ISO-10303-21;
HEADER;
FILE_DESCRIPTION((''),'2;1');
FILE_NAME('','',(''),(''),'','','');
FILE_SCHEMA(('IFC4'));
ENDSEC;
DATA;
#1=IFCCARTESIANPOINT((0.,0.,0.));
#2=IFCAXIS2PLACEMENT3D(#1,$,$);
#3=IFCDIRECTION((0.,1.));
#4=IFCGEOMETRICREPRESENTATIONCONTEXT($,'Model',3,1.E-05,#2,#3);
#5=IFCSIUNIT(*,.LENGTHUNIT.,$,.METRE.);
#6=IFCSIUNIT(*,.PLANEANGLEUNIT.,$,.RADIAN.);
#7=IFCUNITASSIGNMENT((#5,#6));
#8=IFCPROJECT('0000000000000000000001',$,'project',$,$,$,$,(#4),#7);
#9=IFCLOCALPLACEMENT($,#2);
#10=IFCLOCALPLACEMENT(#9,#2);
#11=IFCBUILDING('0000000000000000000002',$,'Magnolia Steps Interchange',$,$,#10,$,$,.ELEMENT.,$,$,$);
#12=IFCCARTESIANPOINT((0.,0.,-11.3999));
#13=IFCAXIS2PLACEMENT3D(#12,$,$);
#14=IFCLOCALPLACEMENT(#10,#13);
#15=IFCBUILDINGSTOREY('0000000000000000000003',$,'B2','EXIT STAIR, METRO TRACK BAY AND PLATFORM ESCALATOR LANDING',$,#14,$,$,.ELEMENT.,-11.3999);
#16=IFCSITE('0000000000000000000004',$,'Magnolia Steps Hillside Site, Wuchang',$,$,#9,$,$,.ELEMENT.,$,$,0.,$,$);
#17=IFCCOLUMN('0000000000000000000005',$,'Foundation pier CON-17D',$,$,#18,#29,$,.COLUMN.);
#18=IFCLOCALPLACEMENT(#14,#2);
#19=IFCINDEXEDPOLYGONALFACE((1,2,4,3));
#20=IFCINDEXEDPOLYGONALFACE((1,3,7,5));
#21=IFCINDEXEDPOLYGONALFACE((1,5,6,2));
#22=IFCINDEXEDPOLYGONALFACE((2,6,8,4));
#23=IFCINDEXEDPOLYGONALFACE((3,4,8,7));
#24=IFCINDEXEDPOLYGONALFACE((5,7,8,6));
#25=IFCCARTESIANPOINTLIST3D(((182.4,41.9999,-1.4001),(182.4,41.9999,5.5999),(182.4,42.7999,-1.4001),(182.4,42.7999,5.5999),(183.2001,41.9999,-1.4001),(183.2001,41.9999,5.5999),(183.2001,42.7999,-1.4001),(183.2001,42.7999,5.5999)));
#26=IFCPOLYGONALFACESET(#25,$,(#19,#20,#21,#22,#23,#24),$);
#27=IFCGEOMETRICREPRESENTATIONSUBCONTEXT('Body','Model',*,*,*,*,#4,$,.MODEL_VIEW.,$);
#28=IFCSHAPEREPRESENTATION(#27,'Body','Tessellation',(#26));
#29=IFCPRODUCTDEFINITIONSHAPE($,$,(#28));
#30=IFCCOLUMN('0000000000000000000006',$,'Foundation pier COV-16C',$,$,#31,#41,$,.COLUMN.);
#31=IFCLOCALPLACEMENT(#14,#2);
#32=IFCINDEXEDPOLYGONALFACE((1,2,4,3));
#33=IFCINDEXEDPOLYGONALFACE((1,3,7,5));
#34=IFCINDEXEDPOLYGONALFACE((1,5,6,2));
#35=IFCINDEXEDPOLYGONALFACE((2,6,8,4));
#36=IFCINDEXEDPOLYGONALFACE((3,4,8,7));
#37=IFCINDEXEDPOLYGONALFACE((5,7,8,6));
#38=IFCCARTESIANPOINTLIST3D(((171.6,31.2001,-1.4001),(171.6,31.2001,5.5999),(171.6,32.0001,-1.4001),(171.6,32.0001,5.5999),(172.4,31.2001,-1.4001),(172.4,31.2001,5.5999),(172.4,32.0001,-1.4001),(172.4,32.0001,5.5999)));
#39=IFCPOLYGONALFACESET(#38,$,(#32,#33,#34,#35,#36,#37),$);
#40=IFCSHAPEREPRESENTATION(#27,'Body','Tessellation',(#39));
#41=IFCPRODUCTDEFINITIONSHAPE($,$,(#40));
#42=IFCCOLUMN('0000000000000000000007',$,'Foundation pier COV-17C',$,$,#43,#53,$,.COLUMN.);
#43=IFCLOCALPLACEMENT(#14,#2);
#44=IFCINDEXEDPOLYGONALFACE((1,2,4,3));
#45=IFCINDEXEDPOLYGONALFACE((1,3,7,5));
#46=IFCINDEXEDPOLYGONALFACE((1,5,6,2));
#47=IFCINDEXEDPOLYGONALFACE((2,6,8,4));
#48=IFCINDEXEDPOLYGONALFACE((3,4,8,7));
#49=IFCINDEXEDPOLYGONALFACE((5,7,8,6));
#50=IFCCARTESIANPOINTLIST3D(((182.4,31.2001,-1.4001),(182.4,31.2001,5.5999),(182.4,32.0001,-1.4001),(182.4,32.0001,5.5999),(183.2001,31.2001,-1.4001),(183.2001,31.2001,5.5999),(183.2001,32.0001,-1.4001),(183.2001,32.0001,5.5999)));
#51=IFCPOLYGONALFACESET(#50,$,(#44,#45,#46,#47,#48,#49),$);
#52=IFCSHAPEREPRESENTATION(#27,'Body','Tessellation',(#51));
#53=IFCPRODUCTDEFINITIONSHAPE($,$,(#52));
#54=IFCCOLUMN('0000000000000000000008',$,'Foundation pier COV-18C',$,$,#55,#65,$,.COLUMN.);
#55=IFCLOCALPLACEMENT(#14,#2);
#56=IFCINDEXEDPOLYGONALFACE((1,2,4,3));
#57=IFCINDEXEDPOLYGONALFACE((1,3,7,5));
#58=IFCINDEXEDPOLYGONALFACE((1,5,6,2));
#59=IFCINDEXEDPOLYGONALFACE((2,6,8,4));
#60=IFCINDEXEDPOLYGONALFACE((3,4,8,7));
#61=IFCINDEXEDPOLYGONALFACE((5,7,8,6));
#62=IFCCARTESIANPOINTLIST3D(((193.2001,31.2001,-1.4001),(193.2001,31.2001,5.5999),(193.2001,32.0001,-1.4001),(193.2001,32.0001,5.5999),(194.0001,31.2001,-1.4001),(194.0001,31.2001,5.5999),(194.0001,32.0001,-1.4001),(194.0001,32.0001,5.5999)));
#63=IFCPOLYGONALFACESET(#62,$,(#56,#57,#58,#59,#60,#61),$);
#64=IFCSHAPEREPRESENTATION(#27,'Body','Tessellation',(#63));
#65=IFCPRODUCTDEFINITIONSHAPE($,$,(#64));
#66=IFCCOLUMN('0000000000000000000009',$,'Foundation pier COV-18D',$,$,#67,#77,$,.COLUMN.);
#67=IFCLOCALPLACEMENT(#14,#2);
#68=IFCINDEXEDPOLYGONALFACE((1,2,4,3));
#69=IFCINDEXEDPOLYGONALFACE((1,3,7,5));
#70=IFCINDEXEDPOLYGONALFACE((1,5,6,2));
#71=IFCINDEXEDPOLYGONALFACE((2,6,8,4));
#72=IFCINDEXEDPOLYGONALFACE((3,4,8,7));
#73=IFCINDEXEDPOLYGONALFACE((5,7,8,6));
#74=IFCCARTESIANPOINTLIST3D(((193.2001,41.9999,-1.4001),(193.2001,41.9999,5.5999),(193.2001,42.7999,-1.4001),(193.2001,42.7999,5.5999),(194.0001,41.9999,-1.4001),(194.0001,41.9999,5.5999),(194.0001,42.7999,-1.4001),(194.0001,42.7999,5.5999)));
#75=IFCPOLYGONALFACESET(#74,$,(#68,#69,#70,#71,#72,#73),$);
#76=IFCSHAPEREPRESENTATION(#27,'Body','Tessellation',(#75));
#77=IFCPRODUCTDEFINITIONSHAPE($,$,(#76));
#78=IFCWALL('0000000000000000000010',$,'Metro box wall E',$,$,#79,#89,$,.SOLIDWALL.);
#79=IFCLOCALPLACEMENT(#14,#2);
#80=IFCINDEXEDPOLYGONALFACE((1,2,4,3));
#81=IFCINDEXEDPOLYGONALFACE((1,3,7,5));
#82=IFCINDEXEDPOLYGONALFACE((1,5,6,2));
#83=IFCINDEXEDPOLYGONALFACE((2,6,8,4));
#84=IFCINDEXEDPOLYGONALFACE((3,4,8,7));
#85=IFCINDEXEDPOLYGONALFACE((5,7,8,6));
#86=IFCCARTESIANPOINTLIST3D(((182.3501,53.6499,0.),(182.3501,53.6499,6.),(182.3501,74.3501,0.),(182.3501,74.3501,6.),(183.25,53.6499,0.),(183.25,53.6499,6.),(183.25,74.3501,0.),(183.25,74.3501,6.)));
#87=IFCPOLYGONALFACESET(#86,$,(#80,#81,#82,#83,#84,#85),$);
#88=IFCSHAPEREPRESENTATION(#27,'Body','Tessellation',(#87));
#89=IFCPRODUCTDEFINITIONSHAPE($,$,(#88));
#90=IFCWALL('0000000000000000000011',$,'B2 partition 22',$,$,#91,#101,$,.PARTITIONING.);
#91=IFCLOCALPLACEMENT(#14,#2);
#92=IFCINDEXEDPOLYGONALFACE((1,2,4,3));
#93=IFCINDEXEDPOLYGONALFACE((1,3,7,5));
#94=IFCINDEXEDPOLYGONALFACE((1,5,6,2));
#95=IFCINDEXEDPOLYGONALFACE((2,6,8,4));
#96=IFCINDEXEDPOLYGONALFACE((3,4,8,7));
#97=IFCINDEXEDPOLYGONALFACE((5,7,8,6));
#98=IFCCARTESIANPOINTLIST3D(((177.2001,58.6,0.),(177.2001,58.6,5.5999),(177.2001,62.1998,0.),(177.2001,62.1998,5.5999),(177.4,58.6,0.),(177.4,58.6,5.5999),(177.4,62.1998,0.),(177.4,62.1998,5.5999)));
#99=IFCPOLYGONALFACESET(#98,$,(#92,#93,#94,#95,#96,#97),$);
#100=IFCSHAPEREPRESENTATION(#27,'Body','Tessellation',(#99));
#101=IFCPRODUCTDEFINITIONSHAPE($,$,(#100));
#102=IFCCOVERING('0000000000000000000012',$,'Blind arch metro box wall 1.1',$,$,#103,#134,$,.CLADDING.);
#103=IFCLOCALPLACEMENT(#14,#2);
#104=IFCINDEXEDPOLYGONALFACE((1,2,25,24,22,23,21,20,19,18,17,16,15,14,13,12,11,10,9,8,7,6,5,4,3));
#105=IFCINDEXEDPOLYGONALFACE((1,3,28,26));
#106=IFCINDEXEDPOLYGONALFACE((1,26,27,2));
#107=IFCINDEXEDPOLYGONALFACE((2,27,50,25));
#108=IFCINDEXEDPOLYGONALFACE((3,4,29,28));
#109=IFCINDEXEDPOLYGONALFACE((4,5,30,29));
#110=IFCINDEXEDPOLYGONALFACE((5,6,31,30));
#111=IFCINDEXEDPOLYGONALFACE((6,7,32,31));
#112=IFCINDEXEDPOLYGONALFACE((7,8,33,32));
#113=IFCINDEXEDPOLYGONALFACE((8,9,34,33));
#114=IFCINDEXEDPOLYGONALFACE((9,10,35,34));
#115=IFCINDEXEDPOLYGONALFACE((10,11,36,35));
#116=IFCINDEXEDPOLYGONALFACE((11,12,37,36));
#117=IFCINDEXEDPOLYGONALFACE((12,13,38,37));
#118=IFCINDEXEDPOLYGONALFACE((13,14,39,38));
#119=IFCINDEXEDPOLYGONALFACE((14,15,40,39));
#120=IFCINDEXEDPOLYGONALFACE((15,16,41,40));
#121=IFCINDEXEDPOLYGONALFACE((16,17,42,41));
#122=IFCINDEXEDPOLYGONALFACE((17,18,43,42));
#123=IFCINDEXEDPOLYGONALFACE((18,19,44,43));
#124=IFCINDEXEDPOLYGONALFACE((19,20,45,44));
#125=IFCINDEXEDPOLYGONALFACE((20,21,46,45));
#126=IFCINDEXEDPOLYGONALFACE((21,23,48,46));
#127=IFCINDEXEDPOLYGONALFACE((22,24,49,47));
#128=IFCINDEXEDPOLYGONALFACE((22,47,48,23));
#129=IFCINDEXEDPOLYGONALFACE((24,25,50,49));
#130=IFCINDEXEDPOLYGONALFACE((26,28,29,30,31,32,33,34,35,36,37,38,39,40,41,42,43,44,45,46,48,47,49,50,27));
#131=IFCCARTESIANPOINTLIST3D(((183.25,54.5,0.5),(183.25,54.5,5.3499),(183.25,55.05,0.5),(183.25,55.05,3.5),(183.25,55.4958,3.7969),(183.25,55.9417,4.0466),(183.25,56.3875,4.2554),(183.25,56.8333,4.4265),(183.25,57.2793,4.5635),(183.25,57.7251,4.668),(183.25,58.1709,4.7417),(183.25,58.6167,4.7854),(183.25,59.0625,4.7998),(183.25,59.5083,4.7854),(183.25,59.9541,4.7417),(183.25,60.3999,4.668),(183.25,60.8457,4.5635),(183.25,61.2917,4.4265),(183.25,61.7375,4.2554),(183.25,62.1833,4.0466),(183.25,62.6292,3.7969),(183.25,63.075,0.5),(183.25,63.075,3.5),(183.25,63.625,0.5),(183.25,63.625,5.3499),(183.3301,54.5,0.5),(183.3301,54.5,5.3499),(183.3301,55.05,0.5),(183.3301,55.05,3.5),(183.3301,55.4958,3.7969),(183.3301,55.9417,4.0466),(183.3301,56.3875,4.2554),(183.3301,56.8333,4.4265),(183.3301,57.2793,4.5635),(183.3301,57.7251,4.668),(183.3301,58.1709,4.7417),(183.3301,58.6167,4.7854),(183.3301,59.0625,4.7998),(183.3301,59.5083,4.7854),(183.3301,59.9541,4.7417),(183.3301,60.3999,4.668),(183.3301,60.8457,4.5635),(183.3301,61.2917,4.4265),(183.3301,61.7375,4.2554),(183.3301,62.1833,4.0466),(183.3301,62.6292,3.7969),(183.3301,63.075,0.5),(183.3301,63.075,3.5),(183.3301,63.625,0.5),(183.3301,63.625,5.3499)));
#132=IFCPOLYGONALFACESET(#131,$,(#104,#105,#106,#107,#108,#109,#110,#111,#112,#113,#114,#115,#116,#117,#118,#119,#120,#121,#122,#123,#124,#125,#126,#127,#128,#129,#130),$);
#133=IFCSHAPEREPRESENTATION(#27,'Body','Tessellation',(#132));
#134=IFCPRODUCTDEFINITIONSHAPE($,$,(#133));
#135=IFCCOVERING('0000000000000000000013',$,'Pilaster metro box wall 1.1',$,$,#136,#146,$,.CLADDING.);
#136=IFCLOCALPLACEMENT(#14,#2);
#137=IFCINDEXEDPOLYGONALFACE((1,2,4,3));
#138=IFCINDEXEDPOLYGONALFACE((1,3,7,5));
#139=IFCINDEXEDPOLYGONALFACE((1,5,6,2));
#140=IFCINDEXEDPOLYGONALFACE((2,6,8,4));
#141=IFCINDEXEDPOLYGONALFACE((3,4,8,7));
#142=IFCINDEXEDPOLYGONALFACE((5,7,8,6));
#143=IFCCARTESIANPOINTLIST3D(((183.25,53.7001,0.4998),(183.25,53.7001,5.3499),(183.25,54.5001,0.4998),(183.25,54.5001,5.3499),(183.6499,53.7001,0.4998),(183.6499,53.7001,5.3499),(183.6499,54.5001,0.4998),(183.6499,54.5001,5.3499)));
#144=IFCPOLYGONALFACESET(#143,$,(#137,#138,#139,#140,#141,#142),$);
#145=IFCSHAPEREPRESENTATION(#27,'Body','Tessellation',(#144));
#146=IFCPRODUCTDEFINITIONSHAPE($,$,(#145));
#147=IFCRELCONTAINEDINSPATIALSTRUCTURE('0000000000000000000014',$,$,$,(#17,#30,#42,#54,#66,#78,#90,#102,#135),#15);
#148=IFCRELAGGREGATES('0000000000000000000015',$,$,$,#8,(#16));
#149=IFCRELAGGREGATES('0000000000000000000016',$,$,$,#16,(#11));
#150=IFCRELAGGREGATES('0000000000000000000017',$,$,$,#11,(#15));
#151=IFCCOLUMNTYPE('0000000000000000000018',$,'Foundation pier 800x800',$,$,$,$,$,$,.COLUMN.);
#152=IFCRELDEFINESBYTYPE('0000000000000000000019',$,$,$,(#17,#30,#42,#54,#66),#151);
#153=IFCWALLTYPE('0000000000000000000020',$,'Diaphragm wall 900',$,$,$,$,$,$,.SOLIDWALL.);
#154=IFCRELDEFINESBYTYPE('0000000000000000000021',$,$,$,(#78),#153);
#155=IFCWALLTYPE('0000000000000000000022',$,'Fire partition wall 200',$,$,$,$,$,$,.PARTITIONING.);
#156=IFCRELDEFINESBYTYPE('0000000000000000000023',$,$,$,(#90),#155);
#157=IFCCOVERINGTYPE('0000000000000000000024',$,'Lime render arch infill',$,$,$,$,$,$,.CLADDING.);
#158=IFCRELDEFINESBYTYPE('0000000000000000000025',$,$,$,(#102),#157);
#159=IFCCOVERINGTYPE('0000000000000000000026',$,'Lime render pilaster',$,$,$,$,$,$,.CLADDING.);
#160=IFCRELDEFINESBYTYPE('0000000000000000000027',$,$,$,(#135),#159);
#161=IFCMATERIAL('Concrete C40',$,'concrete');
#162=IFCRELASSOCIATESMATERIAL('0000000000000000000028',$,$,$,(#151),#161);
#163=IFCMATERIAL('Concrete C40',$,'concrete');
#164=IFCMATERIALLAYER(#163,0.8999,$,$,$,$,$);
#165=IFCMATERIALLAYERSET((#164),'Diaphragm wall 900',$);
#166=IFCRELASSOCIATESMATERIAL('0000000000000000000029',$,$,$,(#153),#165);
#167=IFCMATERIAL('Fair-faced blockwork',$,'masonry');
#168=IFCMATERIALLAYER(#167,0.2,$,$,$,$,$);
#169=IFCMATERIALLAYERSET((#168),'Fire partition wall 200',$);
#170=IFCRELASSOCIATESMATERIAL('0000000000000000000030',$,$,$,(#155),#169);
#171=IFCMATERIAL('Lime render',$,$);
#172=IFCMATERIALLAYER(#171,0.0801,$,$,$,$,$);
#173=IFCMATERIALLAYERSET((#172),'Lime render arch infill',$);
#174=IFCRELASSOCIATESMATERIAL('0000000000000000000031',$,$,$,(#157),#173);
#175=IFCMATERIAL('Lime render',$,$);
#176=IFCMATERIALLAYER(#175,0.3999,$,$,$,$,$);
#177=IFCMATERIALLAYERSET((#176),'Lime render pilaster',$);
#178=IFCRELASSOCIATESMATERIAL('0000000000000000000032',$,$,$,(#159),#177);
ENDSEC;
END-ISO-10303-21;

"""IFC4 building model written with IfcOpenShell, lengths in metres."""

from ifc_helpers import new_model, si_unit, direction, frame, frame_2d, origin, origin_2d, place, context, subcontext, project, spatial, polyline, rectangle, outline, extrude, material, layer, layer_set, material_profile, profile_set, type_object, element, save


model = new_model("IFC4")

# Units and contexts
model_context = context("Model", 3, precision=1e-05, world=origin(), true_north=direction((0.0, 1.0)))
body_context = subcontext(model_context, "Body", "Model", "MODEL_VIEW")
ifc_project = project(units=[si_unit("LENGTHUNIT", "METRE"), si_unit("PLANEANGLEUNIT", "RADIAN")], contexts=[model_context])

# Site, building, storey
site_placement = place(None, origin())
site = spatial("IfcSite", under=ifc_project, at=site_placement, Name="Magnolia Steps Hillside Site, Wuchang", CompositionType="ELEMENT", RefElevation=0.0)
building_placement = place(site_placement, origin())
building = spatial("IfcBuilding", under=site, at=building_placement, Name="Magnolia Steps Interchange", CompositionType="ELEMENT")
storey_placement = place(building_placement, frame((0.0, 0.0, -11.3999)))
storey = spatial("IfcBuildingStorey", under=building, at=storey_placement, Name="B2", Description="EXIT STAIR, METRO TRACK BAY AND PLATFORM ESCALATOR LANDING", CompositionType="ELEMENT", Elevation=-11.3999)

# Columns
ifc_material_1 = material(Name="Concrete C40", Category="concrete")
ifc_material_profile_1 = material_profile(ifc_material_1, rectangle(XDim=0.8, YDim=0.8, at=origin_2d()), Name="RC800x800")
ifc_profile_set_1 = profile_set([ifc_material_profile_1], Name="Concrete C40")
column_type = type_object("IfcColumnType", Name="Foundation pier 800x800", PredefinedType="COLUMN", material=ifc_profile_set_1)
for number, where, z_axis, x_axis, name in (
    (1, (182.8, 42.3999, -1.4001), (0.0, 0.0, 1.0), (1.0, 0.0, 0.0), "Foundation pier CON-17D"),
    (2, (172.0, 31.6001, -1.4001), (0.0, 0.0, 1.0), (1.0, 0.0, 0.0), "Foundation pier COV-16C"),
    (3, (182.8, 31.6001, -1.4001), (0.0, 0.0, 1.0), (1.0, 0.0, 0.0), "Foundation pier COV-17C"),
    (4, (193.6001, 31.6001, -1.4001), (0.0, 0.0, 1.0), (1.0, 0.0, 0.0), "Foundation pier COV-18C"),
    (5, (193.6001, 42.3999, -1.4001), (0.0, 0.0, 1.0), (1.0, 0.0, 0.0), "Foundation pier COV-18D"),
):
    element("IfcColumn", number, at=place(storey_placement, frame(where, z_axis=z_axis, x_axis=x_axis)), inside=storey, type_object=column_type, Name=name, PredefinedType="COLUMN", context=body_context, shape_type="SweptSolid", body=[
        extrude(rectangle(XDim=0.8, YDim=0.8, at=origin_2d()), origin(), (0.0, 0.0, 1.0), 7.0),
    ])

# Walls
ifc_material_2 = material(Name="Concrete C40", Category="concrete")
ifc_layer_1 = layer(ifc_material_2, 0.8999)
ifc_layer_set_1 = layer_set([ifc_layer_1], Name="Diaphragm wall 900")
wall_type_1 = type_object("IfcWallType", Name="Diaphragm wall 900", PredefinedType="SOLIDWALL", material=ifc_layer_set_1)
wall_1_placement = place(storey_placement, frame((182.8, 53.6499, 0.0), z_axis=(0.0, 0.0, 1.0), x_axis=(0.0, 1.0, 0.0)))
element("IfcWall", 6, at=wall_1_placement, inside=storey, type_object=wall_type_1, Name="Metro box wall E", PredefinedType="SOLIDWALL", context=body_context, shape_type="SweptSolid", body=[
    extrude(rectangle(XDim=20.7002, YDim=0.8999, at=frame_2d((10.3501, 0.0))), origin(), (0.0, 0.0, 1.0), 6.0),
])
ifc_material_3 = material(Name="Fair-faced blockwork", Category="masonry")
ifc_layer_2 = layer(ifc_material_3, 0.2)
ifc_layer_set_2 = layer_set([ifc_layer_2], Name="Fire partition wall 200")
wall_type_2 = type_object("IfcWallType", Name="Fire partition wall 200", PredefinedType="PARTITIONING", material=ifc_layer_set_2)
wall_2_placement = place(storey_placement, frame((177.3, 58.6001, 0.0), z_axis=(0.0, 0.0, 1.0), x_axis=(0.0, 1.0, 0.0)))
element("IfcWall", 7, at=wall_2_placement, inside=storey, type_object=wall_type_2, Name="B2 partition 22", PredefinedType="PARTITIONING", context=body_context, shape_type="SweptSolid", body=[
    extrude(rectangle(XDim=3.5999, YDim=0.2, at=frame_2d((1.7998, 0.0))), origin(), (0.0, 0.0, 1.0), 5.5999),
])

# Coverings
ifc_material_4 = material(Name="Lime render")
ifc_layer_3 = layer(ifc_material_4, 0.0801)
ifc_layer_set_3 = layer_set([ifc_layer_3], Name="Lime render arch infill")
covering_type_1 = type_object("IfcCoveringType", Name="Lime render arch infill", PredefinedType="CLADDING", material=ifc_layer_set_3)
covering_1_placement = place(storey_placement, frame((183.25, 54.5, 0.5), z_axis=(-1.0, 0.0, 0.0), x_axis=(0.0, 0.0, 1.0)))
element("IfcCovering", 8, at=covering_1_placement, inside=storey, type_object=covering_type_1, Name="Blind arch metro box wall 1.1", PredefinedType="CLADDING", context=body_context, shape_type="SweptSolid", body=[
    extrude(outline(polyline([(0.0, 0.0), (4.8499, 0.0), (4.8499, 9.125), (0.0, 9.125), (0.0, 8.575), (3.0, 8.575), (3.2969, 8.1292), (3.5466, 7.6833), (3.7554, 7.2375), (3.9265, 6.7917), (4.0635, 6.3457), (4.168, 5.8999), (4.2417, 5.4541), (4.2854, 5.0083), (4.2998, 4.5625), (4.2854, 4.1167), (4.2417, 3.6709), (4.168, 3.2251), (4.0635, 2.7793), (3.9265, 2.3333), (3.7554, 1.8875), (3.5466, 1.4417), (3.2969, 0.9958), (3.0, 0.55), (0.0, 0.55), (0.0, 0.0)])), origin(), (0.0, 0.0, -1.0), 0.0801),
])
ifc_material_5 = material(Name="Lime render")
ifc_layer_4 = layer(ifc_material_5, 0.3999)
ifc_layer_set_4 = layer_set([ifc_layer_4], Name="Lime render pilaster")
covering_type_2 = type_object("IfcCoveringType", Name="Lime render pilaster", PredefinedType="CLADDING", material=ifc_layer_set_4)
covering_2_placement = place(storey_placement, frame((183.45, 54.1001, 0.4998), z_axis=(0.0, 0.0, 1.0), x_axis=(1.0, 0.0, 0.0)))
element("IfcCovering", 9, at=covering_2_placement, inside=storey, type_object=covering_type_2, Name="Pilaster metro box wall 1.1", PredefinedType="CLADDING", context=body_context, shape_type="SweptSolid", body=[
    extrude(rectangle(XDim=0.3999, YDim=0.8, at=origin_2d()), origin(), (0.0, 0.0, 1.0), 4.8501),
])

save(model, "model.ifc")
